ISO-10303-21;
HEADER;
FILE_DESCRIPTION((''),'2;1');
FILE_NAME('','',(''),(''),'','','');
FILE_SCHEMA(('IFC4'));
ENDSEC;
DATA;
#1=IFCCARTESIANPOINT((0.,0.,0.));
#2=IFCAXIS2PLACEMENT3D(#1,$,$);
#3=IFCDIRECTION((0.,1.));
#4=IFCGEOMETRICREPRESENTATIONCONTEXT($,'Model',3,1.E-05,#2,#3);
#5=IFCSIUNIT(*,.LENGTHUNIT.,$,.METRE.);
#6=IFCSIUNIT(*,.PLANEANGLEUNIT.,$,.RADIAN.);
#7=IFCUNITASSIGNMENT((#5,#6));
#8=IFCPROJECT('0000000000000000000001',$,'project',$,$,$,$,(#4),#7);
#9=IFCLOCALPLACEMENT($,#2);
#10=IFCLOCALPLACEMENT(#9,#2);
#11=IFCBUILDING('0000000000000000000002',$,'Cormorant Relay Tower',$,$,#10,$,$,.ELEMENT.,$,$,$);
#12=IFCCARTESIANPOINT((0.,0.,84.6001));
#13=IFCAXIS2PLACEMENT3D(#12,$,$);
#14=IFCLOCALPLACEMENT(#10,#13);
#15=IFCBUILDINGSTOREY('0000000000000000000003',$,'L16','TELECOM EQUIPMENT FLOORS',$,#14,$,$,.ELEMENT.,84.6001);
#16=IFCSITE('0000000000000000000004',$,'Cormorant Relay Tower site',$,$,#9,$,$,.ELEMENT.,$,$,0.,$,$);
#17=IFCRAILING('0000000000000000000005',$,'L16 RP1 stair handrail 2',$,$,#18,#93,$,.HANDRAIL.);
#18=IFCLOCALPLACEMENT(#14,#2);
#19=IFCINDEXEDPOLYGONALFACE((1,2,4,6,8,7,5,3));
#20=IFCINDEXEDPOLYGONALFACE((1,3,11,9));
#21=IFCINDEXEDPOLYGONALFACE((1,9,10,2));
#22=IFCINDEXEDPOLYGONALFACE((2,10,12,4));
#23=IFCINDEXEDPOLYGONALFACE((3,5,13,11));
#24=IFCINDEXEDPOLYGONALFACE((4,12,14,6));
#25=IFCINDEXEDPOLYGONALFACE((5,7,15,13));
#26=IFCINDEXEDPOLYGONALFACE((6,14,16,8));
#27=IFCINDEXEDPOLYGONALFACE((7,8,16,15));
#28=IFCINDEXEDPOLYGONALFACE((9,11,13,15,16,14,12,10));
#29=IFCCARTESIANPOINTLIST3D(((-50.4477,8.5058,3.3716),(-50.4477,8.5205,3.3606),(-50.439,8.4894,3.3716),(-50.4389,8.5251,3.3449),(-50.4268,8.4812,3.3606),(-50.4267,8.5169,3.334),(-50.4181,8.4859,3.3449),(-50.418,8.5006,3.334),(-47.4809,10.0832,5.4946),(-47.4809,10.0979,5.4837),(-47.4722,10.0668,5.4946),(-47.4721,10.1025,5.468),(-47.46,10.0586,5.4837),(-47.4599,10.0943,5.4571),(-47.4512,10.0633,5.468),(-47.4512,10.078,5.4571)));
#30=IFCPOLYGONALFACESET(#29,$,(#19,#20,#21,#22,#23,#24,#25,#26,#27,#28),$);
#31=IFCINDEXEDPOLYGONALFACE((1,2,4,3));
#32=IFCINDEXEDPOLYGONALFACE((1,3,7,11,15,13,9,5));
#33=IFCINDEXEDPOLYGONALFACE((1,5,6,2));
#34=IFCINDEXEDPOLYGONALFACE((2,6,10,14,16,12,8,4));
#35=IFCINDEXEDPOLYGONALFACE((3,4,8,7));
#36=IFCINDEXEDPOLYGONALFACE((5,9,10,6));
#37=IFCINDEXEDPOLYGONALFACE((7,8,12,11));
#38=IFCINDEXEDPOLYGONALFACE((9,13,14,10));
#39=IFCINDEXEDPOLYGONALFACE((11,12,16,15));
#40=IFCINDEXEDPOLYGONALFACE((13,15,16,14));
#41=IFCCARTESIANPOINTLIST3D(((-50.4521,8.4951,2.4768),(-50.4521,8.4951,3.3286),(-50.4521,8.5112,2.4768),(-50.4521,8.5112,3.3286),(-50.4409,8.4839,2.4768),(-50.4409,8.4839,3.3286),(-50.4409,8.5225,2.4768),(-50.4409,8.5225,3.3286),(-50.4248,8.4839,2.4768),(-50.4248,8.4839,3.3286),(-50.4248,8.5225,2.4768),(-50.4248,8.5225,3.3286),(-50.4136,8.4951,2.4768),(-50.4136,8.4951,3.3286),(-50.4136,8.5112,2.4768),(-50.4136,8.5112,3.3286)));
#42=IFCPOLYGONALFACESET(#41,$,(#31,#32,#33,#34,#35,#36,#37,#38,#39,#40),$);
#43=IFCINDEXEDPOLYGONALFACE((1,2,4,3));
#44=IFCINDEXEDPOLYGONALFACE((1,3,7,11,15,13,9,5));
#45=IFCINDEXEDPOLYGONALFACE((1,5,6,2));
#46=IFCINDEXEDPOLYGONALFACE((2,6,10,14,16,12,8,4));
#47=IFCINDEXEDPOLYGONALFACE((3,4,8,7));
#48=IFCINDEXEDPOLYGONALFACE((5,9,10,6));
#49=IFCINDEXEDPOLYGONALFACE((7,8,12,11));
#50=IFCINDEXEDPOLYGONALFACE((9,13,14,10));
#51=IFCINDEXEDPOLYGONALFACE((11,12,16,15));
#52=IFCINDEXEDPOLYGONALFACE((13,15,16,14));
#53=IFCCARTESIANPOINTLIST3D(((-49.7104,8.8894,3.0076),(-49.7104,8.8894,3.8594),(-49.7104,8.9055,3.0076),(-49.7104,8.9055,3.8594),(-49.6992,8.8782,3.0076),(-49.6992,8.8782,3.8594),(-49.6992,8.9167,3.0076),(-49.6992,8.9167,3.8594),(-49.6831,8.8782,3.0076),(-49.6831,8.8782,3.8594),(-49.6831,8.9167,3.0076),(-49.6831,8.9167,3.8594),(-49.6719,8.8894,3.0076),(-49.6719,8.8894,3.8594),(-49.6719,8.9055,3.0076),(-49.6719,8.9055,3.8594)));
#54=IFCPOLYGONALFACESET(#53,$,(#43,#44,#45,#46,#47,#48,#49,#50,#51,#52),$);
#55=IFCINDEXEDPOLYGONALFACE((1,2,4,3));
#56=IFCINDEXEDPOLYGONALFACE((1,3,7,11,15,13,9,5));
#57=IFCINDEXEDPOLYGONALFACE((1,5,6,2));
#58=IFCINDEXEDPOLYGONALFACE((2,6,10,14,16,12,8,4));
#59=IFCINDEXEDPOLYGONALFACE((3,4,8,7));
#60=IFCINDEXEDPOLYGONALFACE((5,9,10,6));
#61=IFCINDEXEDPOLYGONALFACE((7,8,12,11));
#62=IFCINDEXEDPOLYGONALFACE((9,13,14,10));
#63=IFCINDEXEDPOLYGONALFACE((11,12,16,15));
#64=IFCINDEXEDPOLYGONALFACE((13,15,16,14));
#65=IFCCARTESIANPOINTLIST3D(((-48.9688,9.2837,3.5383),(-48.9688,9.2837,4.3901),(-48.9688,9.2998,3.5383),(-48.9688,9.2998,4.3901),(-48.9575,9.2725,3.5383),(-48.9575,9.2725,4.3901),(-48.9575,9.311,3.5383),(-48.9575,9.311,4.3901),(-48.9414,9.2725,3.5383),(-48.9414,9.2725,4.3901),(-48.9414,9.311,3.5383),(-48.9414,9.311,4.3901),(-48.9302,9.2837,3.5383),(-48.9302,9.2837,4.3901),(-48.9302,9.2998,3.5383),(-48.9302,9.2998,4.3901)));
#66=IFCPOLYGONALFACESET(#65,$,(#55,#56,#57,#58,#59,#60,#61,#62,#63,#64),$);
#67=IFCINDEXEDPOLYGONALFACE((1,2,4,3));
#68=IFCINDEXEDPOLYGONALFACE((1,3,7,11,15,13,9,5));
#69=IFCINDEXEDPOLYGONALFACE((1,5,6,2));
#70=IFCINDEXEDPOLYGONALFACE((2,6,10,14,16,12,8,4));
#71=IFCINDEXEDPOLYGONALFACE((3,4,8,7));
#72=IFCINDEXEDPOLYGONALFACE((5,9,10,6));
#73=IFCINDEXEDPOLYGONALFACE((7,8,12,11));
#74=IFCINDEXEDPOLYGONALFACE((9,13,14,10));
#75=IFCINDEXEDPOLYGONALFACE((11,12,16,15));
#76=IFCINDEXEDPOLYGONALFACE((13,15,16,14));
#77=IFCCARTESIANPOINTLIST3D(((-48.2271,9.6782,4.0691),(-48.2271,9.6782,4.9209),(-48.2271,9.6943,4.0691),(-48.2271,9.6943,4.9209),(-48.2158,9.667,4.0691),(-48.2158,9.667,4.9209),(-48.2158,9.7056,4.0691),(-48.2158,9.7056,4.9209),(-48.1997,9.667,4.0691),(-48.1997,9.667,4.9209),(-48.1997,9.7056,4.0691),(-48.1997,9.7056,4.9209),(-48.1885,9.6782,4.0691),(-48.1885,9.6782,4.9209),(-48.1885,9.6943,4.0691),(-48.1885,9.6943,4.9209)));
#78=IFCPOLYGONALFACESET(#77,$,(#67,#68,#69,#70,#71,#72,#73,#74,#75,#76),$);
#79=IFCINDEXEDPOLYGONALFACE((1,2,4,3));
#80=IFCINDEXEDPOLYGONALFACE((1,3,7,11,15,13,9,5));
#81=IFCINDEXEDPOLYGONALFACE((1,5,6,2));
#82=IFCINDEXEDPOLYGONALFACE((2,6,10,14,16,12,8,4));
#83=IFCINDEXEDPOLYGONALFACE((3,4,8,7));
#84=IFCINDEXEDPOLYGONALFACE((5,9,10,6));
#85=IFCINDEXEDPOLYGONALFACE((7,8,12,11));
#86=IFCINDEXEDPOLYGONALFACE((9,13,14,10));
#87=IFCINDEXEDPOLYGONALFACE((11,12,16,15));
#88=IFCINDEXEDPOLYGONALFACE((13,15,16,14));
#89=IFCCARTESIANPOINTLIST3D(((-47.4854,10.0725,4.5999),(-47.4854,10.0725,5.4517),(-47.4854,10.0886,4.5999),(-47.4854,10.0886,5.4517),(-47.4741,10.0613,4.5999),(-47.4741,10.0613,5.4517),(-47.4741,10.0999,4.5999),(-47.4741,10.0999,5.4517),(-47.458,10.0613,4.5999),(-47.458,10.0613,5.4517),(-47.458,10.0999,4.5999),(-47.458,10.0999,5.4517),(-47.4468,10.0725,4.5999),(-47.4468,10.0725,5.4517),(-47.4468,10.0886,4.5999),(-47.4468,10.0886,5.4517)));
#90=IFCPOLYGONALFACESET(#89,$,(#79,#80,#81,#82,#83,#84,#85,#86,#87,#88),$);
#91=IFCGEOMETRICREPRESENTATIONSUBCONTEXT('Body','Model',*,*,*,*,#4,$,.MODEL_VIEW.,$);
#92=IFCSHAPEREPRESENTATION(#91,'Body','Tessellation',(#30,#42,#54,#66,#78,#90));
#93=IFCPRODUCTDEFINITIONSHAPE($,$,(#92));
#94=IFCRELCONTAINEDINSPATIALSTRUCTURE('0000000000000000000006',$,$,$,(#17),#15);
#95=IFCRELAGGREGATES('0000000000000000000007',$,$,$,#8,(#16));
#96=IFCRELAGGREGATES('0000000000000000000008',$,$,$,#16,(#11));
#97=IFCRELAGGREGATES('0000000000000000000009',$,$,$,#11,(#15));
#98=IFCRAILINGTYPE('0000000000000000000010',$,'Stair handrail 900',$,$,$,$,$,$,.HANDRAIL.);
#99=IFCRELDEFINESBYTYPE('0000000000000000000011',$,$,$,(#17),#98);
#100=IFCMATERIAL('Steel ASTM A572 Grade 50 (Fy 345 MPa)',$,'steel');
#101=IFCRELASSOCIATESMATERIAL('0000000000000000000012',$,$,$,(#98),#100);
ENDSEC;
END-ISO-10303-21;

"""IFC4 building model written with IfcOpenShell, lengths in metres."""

from ifc_helpers import new_model, si_unit, direction, frame, origin, place, context, subcontext, project, spatial, polyline, outline, extrude, material, type_object, element, save


model = new_model("IFC4")

# Units and contexts
model_context = context("Model", 3, precision=1e-05, world=origin(), true_north=direction((0.0, 1.0)))
body_context = subcontext(model_context, "Body", "Model", "MODEL_VIEW")
ifc_project = project(units=[si_unit("LENGTHUNIT", "METRE"), si_unit("PLANEANGLEUNIT", "RADIAN")], contexts=[model_context])

# Site, building, storey
site_placement = place(None, origin())
site = spatial("IfcSite", under=ifc_project, at=site_placement, Name="Cormorant Relay Tower site", CompositionType="ELEMENT", RefElevation=0.0)
building_placement = place(site_placement, origin())
building = spatial("IfcBuilding", under=site, at=building_placement, Name="Cormorant Relay Tower", CompositionType="ELEMENT")
storey_placement = place(building_placement, frame((0.0, 0.0, 84.6001)))
storey = spatial("IfcBuildingStorey", under=building, at=storey_placement, Name="L16", Description="TELECOM EQUIPMENT FLOORS", CompositionType="ELEMENT", Elevation=84.6001)

# Railing
ifc_material_1 = material(Name="Steel ASTM A572 Grade 50 (Fy 345 MPa)", Category="steel")
railing_type_1 = type_object("IfcRailingType", Name="Stair handrail 900", PredefinedType="HANDRAIL", material=ifc_material_1)
railing_1_placement = place(storey_placement, frame((-50.4329, 8.5032, 2.4768)))
element("IfcRailing", 1, at=railing_1_placement, inside=storey, type_object=railing_type_1, Name="L16 RP1 stair handrail 2", PredefinedType="HANDRAIL", context=body_context, shape_type="SweptSolid", body=[
    extrude(outline(polyline([(0.0222, 0.0093), (0.0093, 0.0222), (-0.0093, 0.0222), (-0.0222, 0.0093), (-0.0222, -0.0093), (-0.0093, -0.0222), (0.0093, -0.0222), (0.0222, -0.0093), (0.0222, 0.0093)])), frame((0.0, 0.0, 0.876), z_axis=(0.746441, 0.396869, 0.534155), x_axis=(-0.469453, 0.882958, 0.0)), (0.0, 0.0, 1.0), 3.9746),
    extrude(outline(polyline([(0.0193, 0.0081), (0.0081, 0.0193), (-0.0081, 0.0193), (-0.0193, 0.0081), (-0.0193, -0.0081), (-0.0081, -0.0193), (0.0081, -0.0193), (0.0193, -0.0081), (0.0193, 0.0081)])), origin(), (0.0, 0.0, 1.0), 0.8518),
    extrude(outline(polyline([(0.0193, 0.0081), (0.0081, 0.0193), (-0.0081, 0.0193), (-0.0193, 0.0081), (-0.0193, -0.0081), (-0.0081, -0.0193), (0.0081, -0.0193), (0.0193, -0.0081), (0.0193, 0.0081)])), frame((0.7417, 0.3943, 0.5308)), (0.0, 0.0, 1.0), 0.8518),
    extrude(outline(polyline([(0.0193, 0.0081), (0.0081, 0.0193), (-0.0081, 0.0193), (-0.0193, 0.0081), (-0.0193, -0.0081), (-0.0081, -0.0193), (0.0081, -0.0193), (0.0193, -0.0081), (0.0193, 0.0081)])), frame((1.4834, 0.7886, 1.0615)), (0.0, 0.0, 1.0), 0.8518),
    extrude(outline(polyline([(0.0193, 0.0081), (0.0081, 0.0193), (-0.0081, 0.0193), (-0.0193, 0.0081), (-0.0193, -0.0081), (-0.0081, -0.0193), (0.0081, -0.0193), (0.0193, -0.0081), (0.0193, 0.0081)])), frame((2.2251, 1.1831, 1.5923)), (0.0, 0.0, 1.0), 0.8518),
    extrude(outline(polyline([(0.0193, 0.0081), (0.0081, 0.0193), (-0.0081, 0.0193), (-0.0193, 0.0081), (-0.0193, -0.0081), (-0.0081, -0.0193), (0.0081, -0.0193), (0.0193, -0.0081), (0.0193, 0.0081)])), frame((2.9668, 1.5774, 2.123)), (0.0, 0.0, 1.0), 0.8518),
])

save(model, "model.ifc")
